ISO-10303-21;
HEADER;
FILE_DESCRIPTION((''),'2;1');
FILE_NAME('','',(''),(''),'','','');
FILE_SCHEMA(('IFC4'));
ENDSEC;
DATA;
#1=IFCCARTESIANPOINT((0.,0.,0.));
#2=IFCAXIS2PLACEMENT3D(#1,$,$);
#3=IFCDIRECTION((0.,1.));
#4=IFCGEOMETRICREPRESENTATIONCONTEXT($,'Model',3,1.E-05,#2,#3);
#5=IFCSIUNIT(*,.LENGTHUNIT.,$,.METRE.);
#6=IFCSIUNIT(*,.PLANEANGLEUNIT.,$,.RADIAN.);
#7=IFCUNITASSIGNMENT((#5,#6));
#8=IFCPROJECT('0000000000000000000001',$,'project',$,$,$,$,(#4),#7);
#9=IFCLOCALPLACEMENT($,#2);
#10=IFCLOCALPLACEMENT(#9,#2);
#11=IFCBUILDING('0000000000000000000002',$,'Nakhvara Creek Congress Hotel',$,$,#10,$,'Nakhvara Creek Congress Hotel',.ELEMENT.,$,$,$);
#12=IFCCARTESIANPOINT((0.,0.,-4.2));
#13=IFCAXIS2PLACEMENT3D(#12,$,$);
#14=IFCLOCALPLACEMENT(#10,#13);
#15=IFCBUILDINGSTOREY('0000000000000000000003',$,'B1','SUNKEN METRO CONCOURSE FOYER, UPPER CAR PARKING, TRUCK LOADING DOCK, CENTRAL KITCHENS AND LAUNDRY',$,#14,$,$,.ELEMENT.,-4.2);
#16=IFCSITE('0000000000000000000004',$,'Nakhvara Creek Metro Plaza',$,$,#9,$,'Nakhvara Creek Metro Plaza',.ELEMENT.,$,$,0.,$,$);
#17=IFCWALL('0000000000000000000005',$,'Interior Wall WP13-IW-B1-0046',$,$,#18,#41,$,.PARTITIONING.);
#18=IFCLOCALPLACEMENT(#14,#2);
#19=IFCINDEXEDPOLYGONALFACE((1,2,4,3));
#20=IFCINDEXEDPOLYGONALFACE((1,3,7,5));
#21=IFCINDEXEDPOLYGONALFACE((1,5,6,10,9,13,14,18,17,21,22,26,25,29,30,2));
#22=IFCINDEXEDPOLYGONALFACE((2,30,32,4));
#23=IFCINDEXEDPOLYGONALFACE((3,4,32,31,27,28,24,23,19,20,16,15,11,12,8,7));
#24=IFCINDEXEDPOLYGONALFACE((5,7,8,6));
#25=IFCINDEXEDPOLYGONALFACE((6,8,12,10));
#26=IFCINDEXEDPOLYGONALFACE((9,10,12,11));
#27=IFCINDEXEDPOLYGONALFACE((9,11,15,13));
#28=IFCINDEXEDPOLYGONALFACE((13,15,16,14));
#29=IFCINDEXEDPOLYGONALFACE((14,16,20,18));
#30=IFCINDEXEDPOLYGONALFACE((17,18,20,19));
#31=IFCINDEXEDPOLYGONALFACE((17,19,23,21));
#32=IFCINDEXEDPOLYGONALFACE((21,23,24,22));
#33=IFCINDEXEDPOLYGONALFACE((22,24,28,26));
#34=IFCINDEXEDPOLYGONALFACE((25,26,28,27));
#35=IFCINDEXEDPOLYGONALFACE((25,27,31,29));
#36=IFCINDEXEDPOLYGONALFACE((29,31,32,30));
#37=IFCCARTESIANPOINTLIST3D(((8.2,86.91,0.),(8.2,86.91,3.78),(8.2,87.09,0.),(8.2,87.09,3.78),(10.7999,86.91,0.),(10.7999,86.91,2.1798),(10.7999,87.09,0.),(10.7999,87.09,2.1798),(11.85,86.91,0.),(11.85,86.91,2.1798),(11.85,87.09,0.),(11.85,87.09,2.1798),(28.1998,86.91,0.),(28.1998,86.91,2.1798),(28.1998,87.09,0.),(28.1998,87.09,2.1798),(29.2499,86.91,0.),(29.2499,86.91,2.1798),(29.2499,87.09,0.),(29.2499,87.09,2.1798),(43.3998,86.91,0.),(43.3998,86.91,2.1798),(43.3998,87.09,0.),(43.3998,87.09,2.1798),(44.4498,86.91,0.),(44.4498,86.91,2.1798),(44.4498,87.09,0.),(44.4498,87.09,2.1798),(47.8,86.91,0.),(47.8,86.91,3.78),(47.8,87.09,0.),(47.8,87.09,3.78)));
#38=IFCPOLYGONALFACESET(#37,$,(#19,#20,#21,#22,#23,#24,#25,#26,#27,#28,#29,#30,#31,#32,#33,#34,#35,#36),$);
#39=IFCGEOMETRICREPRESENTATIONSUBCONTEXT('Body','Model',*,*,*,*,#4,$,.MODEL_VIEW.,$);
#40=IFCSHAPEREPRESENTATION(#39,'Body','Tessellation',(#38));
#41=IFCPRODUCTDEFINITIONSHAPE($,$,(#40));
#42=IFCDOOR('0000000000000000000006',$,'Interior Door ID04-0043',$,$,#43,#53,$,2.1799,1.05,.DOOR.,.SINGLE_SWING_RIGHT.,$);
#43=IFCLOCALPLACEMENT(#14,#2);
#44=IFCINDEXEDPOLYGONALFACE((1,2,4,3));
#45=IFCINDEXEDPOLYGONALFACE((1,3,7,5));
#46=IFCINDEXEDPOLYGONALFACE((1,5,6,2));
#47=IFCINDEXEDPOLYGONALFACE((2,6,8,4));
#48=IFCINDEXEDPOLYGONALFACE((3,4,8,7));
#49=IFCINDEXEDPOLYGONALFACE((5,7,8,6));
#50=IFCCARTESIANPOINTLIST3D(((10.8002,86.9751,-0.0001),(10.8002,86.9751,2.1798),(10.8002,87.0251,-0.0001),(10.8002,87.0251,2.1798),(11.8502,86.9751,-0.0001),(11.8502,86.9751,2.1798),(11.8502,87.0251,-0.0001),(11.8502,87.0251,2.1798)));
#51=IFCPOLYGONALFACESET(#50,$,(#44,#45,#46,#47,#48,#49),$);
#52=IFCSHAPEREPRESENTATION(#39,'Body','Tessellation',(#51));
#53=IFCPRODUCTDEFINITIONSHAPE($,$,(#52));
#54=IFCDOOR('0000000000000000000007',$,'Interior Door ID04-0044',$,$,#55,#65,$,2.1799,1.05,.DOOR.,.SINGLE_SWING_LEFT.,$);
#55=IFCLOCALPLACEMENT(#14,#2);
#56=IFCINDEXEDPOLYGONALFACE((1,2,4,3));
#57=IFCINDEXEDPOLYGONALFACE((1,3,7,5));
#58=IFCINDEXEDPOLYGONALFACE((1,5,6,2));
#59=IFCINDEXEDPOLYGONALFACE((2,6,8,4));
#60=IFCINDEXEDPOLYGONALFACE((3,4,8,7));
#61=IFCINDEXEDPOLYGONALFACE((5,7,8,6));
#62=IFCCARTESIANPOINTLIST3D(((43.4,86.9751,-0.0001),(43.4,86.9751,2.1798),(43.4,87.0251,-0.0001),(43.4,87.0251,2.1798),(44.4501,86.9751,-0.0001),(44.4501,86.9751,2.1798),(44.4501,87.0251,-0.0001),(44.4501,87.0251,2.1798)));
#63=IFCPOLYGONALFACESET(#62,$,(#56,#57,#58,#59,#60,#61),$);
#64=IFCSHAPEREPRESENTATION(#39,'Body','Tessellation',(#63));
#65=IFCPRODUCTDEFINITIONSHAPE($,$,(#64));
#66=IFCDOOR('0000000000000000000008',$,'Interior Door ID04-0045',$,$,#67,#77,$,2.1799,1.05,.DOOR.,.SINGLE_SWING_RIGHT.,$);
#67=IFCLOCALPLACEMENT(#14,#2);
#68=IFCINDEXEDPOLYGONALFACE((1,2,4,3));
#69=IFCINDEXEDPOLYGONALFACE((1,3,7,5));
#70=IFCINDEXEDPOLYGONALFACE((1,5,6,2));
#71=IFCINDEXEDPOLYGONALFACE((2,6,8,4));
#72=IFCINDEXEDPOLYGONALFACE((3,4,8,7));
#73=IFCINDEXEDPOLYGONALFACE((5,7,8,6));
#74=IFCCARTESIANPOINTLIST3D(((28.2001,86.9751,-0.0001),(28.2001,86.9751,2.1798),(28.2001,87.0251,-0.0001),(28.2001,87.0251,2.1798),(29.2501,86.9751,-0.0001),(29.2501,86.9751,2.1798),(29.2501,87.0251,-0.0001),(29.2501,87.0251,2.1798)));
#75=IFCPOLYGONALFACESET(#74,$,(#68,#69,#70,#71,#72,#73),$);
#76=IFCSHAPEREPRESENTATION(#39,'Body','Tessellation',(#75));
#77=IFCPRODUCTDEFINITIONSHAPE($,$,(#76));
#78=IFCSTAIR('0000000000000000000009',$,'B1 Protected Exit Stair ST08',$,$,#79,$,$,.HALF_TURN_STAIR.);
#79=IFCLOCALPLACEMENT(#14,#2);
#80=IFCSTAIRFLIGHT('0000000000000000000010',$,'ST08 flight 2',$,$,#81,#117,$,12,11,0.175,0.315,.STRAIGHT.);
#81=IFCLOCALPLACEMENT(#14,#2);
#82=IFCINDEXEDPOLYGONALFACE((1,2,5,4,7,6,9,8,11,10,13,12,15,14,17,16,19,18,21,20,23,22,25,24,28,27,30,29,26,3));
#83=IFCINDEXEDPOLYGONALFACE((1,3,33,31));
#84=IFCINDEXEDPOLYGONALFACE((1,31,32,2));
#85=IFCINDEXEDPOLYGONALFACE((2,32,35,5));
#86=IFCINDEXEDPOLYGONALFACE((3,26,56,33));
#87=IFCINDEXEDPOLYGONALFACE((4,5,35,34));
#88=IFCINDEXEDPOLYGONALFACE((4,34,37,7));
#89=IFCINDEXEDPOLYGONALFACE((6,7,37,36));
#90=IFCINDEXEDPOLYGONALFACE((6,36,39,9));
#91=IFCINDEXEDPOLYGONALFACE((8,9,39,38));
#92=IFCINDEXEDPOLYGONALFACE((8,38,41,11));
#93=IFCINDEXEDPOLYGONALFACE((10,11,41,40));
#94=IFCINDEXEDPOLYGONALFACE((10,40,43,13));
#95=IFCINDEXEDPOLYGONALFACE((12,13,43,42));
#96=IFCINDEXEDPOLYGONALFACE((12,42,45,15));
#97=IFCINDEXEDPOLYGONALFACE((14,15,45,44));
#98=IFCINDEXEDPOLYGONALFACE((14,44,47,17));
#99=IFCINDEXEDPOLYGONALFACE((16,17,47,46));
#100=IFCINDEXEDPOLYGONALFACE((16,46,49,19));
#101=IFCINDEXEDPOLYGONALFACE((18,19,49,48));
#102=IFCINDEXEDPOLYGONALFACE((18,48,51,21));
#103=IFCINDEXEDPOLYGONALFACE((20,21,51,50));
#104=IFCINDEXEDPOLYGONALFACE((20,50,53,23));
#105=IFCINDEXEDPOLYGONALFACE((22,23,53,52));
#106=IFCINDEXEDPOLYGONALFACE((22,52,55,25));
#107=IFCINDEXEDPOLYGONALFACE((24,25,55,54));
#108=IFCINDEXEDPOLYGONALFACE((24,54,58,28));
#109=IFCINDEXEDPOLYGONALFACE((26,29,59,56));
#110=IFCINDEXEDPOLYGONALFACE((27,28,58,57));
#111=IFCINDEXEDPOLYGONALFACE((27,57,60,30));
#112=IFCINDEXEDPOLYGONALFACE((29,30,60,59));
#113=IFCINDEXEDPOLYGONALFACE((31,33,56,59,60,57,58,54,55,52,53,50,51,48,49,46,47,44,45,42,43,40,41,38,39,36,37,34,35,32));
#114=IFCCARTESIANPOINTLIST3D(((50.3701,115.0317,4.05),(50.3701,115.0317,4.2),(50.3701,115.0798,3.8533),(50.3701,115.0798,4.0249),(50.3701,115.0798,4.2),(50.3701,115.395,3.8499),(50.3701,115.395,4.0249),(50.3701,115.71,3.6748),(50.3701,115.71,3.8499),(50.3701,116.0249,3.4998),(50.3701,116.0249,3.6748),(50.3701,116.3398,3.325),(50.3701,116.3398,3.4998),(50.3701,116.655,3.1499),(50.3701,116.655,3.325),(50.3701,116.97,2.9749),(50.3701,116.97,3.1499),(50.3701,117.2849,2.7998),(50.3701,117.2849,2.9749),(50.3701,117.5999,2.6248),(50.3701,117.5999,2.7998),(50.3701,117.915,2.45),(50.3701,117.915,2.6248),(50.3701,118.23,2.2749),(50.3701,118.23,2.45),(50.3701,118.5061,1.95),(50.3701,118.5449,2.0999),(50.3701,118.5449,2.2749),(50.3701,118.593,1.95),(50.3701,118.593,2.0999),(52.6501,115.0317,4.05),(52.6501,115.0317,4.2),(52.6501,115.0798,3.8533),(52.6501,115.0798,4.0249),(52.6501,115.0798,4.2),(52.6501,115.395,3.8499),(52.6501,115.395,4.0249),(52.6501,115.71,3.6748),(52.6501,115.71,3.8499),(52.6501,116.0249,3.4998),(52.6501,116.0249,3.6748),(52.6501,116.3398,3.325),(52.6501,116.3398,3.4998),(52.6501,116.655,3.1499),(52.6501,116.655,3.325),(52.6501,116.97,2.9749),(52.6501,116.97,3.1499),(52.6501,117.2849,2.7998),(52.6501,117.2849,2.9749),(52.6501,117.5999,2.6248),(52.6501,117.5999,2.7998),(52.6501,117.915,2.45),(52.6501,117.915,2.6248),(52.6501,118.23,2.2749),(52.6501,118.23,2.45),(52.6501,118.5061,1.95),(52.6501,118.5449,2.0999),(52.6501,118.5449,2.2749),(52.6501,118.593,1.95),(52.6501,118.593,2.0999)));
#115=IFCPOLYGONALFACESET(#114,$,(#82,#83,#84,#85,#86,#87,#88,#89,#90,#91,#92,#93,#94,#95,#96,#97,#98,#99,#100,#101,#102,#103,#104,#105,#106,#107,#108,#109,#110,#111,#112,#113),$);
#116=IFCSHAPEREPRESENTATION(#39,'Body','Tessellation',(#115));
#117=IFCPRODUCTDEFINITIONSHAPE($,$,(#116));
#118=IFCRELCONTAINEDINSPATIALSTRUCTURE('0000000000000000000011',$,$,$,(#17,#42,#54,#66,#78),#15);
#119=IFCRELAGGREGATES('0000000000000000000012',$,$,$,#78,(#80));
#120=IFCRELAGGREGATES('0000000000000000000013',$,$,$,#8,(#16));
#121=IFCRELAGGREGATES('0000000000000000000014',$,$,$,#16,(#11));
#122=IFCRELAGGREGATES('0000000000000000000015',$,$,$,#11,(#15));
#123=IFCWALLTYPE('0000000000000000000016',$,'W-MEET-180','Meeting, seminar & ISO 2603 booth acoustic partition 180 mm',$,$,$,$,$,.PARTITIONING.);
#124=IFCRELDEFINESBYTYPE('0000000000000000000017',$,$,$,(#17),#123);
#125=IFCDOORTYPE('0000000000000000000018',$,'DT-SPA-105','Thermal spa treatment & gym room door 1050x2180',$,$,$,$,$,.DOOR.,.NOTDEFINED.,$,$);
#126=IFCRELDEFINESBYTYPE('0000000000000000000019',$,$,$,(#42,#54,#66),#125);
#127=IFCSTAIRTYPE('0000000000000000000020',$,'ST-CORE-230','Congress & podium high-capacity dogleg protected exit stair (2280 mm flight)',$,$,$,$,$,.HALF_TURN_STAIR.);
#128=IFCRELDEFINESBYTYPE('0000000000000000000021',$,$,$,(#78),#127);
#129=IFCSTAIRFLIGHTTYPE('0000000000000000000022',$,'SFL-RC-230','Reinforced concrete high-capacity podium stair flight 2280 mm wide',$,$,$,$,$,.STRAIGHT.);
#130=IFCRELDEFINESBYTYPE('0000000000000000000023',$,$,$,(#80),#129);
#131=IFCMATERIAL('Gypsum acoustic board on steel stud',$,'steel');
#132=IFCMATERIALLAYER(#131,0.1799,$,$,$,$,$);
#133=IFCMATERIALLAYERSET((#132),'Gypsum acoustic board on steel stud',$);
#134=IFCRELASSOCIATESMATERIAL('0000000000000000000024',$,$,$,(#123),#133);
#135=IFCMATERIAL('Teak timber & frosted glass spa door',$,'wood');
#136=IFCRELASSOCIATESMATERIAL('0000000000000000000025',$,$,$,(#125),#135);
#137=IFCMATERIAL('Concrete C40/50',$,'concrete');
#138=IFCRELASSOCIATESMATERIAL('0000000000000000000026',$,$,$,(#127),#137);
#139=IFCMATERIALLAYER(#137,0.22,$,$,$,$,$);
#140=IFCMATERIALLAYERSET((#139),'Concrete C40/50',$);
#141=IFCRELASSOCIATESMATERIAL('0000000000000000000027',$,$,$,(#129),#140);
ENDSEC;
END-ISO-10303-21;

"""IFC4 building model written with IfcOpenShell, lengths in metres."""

from ifc_helpers import new_model, si_unit, direction, frame, frame_2d, origin, place, context, subcontext, project, spatial, polyline, rectangle, outline, extrude, material, layer, layer_set, type_object, element, fill, aggregate, save


model = new_model("IFC4")

# Units and contexts
model_context = context("Model", 3, precision=1e-05, world=origin(), true_north=direction((0.0, 1.0)))
body_context = subcontext(model_context, "Body", "Model", "MODEL_VIEW")
ifc_project = project(units=[si_unit("LENGTHUNIT", "METRE"), si_unit("PLANEANGLEUNIT", "RADIAN")], contexts=[model_context])

# Site, building, storey
site_placement = place(None, origin())
site = spatial("IfcSite", under=ifc_project, at=site_placement, Name="Nakhvara Creek Metro Plaza", LongName="Nakhvara Creek Metro Plaza", CompositionType="ELEMENT", RefElevation=0.0)
building_placement = place(site_placement, origin())
building = spatial("IfcBuilding", under=site, at=building_placement, Name="Nakhvara Creek Congress Hotel", LongName="Nakhvara Creek Congress Hotel", CompositionType="ELEMENT")
storey_placement = place(building_placement, frame((0.0, 0.0, -4.2)))
storey = spatial("IfcBuildingStorey", under=building, at=storey_placement, Name="B1", Description="SUNKEN METRO CONCOURSE FOYER, UPPER CAR PARKING, TRUCK LOADING DOCK, CENTRAL KITCHENS AND LAUNDRY", CompositionType="ELEMENT", Elevation=-4.2)

# Wall, openings, doors
ifc_material_1 = material(Name="Gypsum acoustic board on steel stud", Category="steel")
ifc_layer_1 = layer(ifc_material_1, 0.1799)
ifc_layer_set_1 = layer_set([ifc_layer_1], Name="Gypsum acoustic board on steel stud")
wall_type_1 = type_object("IfcWallType", Name="W-MEET-180", Description="Meeting, seminar & ISO 2603 booth acoustic partition 180 mm", PredefinedType="PARTITIONING", material=ifc_layer_set_1)
wall_1_placement = place(storey_placement, frame((8.2, 87.0, 0.0), z_axis=(0.0, 0.0, 1.0), x_axis=(1.0, 0.0, 0.0)))
wall_1 = element("IfcWall", 1, at=wall_1_placement, inside=storey, type_object=wall_type_1, Name="Interior Wall WP13-IW-B1-0046", PredefinedType="PARTITIONING", context=body_context, shape_type="SweptSolid", body=[
    extrude(rectangle(XDim=39.6001, YDim=0.1799, at=frame_2d((19.8, 0.0))), origin(), (0.0, 0.0, 1.0), 3.78),
])
opening_1_placement = place(wall_1_placement, frame((2.6001, 0.0, 0.0)))
opening_1 = element("IfcOpeningElement", 2, at=opening_1_placement, cuts=wall_1, PredefinedType="OPENING", context=body_context, shape_type="SweptSolid", body=[
    extrude(rectangle(XDim=1.05, YDim=2.1799, at=frame_2d((0.5249, 1.0898))), frame((0.0, 0.1021, 0.0), z_axis=(0.0, -1.0, 0.0), x_axis=(1.0, 0.0, 0.0)), (0.0, 0.0, 1.0), 0.2039),
])
opening_2_placement = place(wall_1_placement, frame((35.2, 0.0, 0.0)))
opening_2 = element("IfcOpeningElement", 3, at=opening_2_placement, cuts=wall_1, PredefinedType="OPENING", context=body_context, shape_type="SweptSolid", body=[
    extrude(rectangle(XDim=1.05, YDim=2.1799, at=frame_2d((0.5249, 1.0898))), frame((0.0, 0.1021, 0.0), z_axis=(0.0, -1.0, 0.0), x_axis=(1.0, 0.0, 0.0)), (0.0, 0.0, 1.0), 0.2039),
])
opening_3_placement = place(wall_1_placement, frame((20.0, 0.0, 0.0)))
opening_3 = element("IfcOpeningElement", 4, at=opening_3_placement, cuts=wall_1, PredefinedType="OPENING", context=body_context, shape_type="SweptSolid", body=[
    extrude(rectangle(XDim=1.05, YDim=2.1799, at=frame_2d((0.5249, 1.0898))), frame((0.0, 0.1021, 0.0), z_axis=(0.0, -1.0, 0.0), x_axis=(1.0, 0.0, 0.0)), (0.0, 0.0, 1.0), 0.2039),
])
ifc_material_2 = material(Name="Teak timber & frosted glass spa door", Category="wood")
door_type_1 = type_object("IfcDoorType", Name="DT-SPA-105", Description="Thermal spa treatment & gym room door 1050x2180", OperationType="NOTDEFINED", PredefinedType="DOOR", material=ifc_material_2)
door_1_placement = place(opening_1_placement, frame((1.05, 0.0, 0.0), z_axis=(0.0, 0.0, 1.0), x_axis=(-1.0, 0.0, 0.0)))
door_1 = element("IfcDoor", 5, at=door_1_placement, inside=storey, type_object=door_type_1, Name="Interior Door ID04-0043", OperationType="SINGLE_SWING_RIGHT", OverallHeight=2.1799, OverallWidth=1.05, PredefinedType="DOOR", context=body_context, shape_type="SweptSolid", body=[
    extrude(rectangle(XDim=1.05, YDim=2.1799, at=frame_2d((0.5249, 1.0898))), frame((0.0, 0.0249, 0.0), z_axis=(0.0, -1.0, 0.0), x_axis=(1.0, 0.0, 0.0)), (0.0, 0.0, 1.0), 0.05),
])
fill(opening_1, door_1)
door_2_placement = place(opening_2_placement, frame((1.05, 0.0, 0.0), z_axis=(0.0, 0.0, 1.0), x_axis=(-1.0, 0.0, 0.0)))
door_2 = element("IfcDoor", 6, at=door_2_placement, inside=storey, type_object=door_type_1, Name="Interior Door ID04-0044", OperationType="SINGLE_SWING_LEFT", OverallHeight=2.1799, OverallWidth=1.05, PredefinedType="DOOR", context=body_context, shape_type="SweptSolid", body=[
    extrude(rectangle(XDim=1.05, YDim=2.1799, at=frame_2d((0.5249, 1.0898))), frame((0.0, 0.0249, 0.0), z_axis=(0.0, -1.0, 0.0), x_axis=(1.0, 0.0, 0.0)), (0.0, 0.0, 1.0), 0.05),
])
fill(opening_2, door_2)
door_3_placement = place(opening_3_placement, frame((1.05, 0.0, 0.0), z_axis=(0.0, 0.0, 1.0), x_axis=(-1.0, 0.0, 0.0)))
door_3 = element("IfcDoor", 7, at=door_3_placement, inside=storey, type_object=door_type_1, Name="Interior Door ID04-0045", OperationType="SINGLE_SWING_RIGHT", OverallHeight=2.1799, OverallWidth=1.05, PredefinedType="DOOR", context=body_context, shape_type="SweptSolid", body=[
    extrude(rectangle(XDim=1.05, YDim=2.1799, at=frame_2d((0.5249, 1.0898))), frame((0.0, 0.0249, 0.0), z_axis=(0.0, -1.0, 0.0), x_axis=(1.0, 0.0, 0.0)), (0.0, 0.0, 1.0), 0.05),
])
fill(opening_3, door_3)

# Stair, stair flight
ifc_material_3 = material(Name="Concrete C40/50", Category="concrete")
stair_type = type_object("IfcStairType", Name="ST-CORE-230", Description="Congress & podium high-capacity dogleg protected exit stair (2280 mm flight)", PredefinedType="HALF_TURN_STAIR", material=ifc_material_3)
stair_placement = place(storey_placement, origin())
stair = element("IfcStair", 8, at=stair_placement, inside=storey, type_object=stair_type, Name="B1 Protected Exit Stair ST08", PredefinedType="HALF_TURN_STAIR")
ifc_layer_2 = layer(ifc_material_3, 0.22)
ifc_layer_set_2 = layer_set([ifc_layer_2], Name="Concrete C40/50")
stair_flight_type = type_object("IfcStairFlightType", Name="SFL-RC-230", Description="Reinforced concrete high-capacity podium stair flight 2280 mm wide", PredefinedType="STRAIGHT", material=ifc_layer_set_2)
stair_flight_placement = place(storey_placement, frame((51.51, 118.5449, 2.0999), z_axis=(0.0, 0.0, 1.0), x_axis=(0.0, -1.0, 0.0)))
stair_flight = element("IfcStairFlight", 9, at=stair_flight_placement, type_object=stair_flight_type, Name="ST08 flight 2", NumberOfRisers=12, NumberOfTreads=11, PredefinedType="STRAIGHT", RiserHeight=0.175, TreadLength=0.315, context=body_context, shape_type="SweptSolid", body=[
    extrude(outline(polyline([(-0.0481, 0.0), (0.0, 0.0), (0.0, 0.175), (0.3149, 0.175), (0.3149, 0.3501), (0.6299, 0.3501), (0.6299, 0.5249), (0.9451, 0.5249), (0.9451, 0.7), (1.26, 0.7), (1.26, 0.875), (1.575, 0.875), (1.575, 1.05), (1.8899, 1.05), (1.8899, 1.2251), (2.2051, 1.2251), (2.2051, 1.3999), (2.52, 1.3999), (2.52, 1.575), (2.835, 1.575), (2.835, 1.75), (3.1499, 1.75), (3.1499, 1.925), (3.4651, 1.925), (3.4651, 2.1001), (3.5132, 2.1001), (3.5132, 1.9502), (3.4651, 1.7534), (0.0388, -0.1499), (-0.0481, -0.1499), (-0.0481, 0.0)])), frame((0.0, 1.1401, 0.0), z_axis=(0.0, -1.0, 0.0), x_axis=(1.0, 0.0, 0.0)), (0.0, 0.0, 1.0), 2.28),
])
aggregate(stair, [stair_flight])

save(model, "model.ifc")
